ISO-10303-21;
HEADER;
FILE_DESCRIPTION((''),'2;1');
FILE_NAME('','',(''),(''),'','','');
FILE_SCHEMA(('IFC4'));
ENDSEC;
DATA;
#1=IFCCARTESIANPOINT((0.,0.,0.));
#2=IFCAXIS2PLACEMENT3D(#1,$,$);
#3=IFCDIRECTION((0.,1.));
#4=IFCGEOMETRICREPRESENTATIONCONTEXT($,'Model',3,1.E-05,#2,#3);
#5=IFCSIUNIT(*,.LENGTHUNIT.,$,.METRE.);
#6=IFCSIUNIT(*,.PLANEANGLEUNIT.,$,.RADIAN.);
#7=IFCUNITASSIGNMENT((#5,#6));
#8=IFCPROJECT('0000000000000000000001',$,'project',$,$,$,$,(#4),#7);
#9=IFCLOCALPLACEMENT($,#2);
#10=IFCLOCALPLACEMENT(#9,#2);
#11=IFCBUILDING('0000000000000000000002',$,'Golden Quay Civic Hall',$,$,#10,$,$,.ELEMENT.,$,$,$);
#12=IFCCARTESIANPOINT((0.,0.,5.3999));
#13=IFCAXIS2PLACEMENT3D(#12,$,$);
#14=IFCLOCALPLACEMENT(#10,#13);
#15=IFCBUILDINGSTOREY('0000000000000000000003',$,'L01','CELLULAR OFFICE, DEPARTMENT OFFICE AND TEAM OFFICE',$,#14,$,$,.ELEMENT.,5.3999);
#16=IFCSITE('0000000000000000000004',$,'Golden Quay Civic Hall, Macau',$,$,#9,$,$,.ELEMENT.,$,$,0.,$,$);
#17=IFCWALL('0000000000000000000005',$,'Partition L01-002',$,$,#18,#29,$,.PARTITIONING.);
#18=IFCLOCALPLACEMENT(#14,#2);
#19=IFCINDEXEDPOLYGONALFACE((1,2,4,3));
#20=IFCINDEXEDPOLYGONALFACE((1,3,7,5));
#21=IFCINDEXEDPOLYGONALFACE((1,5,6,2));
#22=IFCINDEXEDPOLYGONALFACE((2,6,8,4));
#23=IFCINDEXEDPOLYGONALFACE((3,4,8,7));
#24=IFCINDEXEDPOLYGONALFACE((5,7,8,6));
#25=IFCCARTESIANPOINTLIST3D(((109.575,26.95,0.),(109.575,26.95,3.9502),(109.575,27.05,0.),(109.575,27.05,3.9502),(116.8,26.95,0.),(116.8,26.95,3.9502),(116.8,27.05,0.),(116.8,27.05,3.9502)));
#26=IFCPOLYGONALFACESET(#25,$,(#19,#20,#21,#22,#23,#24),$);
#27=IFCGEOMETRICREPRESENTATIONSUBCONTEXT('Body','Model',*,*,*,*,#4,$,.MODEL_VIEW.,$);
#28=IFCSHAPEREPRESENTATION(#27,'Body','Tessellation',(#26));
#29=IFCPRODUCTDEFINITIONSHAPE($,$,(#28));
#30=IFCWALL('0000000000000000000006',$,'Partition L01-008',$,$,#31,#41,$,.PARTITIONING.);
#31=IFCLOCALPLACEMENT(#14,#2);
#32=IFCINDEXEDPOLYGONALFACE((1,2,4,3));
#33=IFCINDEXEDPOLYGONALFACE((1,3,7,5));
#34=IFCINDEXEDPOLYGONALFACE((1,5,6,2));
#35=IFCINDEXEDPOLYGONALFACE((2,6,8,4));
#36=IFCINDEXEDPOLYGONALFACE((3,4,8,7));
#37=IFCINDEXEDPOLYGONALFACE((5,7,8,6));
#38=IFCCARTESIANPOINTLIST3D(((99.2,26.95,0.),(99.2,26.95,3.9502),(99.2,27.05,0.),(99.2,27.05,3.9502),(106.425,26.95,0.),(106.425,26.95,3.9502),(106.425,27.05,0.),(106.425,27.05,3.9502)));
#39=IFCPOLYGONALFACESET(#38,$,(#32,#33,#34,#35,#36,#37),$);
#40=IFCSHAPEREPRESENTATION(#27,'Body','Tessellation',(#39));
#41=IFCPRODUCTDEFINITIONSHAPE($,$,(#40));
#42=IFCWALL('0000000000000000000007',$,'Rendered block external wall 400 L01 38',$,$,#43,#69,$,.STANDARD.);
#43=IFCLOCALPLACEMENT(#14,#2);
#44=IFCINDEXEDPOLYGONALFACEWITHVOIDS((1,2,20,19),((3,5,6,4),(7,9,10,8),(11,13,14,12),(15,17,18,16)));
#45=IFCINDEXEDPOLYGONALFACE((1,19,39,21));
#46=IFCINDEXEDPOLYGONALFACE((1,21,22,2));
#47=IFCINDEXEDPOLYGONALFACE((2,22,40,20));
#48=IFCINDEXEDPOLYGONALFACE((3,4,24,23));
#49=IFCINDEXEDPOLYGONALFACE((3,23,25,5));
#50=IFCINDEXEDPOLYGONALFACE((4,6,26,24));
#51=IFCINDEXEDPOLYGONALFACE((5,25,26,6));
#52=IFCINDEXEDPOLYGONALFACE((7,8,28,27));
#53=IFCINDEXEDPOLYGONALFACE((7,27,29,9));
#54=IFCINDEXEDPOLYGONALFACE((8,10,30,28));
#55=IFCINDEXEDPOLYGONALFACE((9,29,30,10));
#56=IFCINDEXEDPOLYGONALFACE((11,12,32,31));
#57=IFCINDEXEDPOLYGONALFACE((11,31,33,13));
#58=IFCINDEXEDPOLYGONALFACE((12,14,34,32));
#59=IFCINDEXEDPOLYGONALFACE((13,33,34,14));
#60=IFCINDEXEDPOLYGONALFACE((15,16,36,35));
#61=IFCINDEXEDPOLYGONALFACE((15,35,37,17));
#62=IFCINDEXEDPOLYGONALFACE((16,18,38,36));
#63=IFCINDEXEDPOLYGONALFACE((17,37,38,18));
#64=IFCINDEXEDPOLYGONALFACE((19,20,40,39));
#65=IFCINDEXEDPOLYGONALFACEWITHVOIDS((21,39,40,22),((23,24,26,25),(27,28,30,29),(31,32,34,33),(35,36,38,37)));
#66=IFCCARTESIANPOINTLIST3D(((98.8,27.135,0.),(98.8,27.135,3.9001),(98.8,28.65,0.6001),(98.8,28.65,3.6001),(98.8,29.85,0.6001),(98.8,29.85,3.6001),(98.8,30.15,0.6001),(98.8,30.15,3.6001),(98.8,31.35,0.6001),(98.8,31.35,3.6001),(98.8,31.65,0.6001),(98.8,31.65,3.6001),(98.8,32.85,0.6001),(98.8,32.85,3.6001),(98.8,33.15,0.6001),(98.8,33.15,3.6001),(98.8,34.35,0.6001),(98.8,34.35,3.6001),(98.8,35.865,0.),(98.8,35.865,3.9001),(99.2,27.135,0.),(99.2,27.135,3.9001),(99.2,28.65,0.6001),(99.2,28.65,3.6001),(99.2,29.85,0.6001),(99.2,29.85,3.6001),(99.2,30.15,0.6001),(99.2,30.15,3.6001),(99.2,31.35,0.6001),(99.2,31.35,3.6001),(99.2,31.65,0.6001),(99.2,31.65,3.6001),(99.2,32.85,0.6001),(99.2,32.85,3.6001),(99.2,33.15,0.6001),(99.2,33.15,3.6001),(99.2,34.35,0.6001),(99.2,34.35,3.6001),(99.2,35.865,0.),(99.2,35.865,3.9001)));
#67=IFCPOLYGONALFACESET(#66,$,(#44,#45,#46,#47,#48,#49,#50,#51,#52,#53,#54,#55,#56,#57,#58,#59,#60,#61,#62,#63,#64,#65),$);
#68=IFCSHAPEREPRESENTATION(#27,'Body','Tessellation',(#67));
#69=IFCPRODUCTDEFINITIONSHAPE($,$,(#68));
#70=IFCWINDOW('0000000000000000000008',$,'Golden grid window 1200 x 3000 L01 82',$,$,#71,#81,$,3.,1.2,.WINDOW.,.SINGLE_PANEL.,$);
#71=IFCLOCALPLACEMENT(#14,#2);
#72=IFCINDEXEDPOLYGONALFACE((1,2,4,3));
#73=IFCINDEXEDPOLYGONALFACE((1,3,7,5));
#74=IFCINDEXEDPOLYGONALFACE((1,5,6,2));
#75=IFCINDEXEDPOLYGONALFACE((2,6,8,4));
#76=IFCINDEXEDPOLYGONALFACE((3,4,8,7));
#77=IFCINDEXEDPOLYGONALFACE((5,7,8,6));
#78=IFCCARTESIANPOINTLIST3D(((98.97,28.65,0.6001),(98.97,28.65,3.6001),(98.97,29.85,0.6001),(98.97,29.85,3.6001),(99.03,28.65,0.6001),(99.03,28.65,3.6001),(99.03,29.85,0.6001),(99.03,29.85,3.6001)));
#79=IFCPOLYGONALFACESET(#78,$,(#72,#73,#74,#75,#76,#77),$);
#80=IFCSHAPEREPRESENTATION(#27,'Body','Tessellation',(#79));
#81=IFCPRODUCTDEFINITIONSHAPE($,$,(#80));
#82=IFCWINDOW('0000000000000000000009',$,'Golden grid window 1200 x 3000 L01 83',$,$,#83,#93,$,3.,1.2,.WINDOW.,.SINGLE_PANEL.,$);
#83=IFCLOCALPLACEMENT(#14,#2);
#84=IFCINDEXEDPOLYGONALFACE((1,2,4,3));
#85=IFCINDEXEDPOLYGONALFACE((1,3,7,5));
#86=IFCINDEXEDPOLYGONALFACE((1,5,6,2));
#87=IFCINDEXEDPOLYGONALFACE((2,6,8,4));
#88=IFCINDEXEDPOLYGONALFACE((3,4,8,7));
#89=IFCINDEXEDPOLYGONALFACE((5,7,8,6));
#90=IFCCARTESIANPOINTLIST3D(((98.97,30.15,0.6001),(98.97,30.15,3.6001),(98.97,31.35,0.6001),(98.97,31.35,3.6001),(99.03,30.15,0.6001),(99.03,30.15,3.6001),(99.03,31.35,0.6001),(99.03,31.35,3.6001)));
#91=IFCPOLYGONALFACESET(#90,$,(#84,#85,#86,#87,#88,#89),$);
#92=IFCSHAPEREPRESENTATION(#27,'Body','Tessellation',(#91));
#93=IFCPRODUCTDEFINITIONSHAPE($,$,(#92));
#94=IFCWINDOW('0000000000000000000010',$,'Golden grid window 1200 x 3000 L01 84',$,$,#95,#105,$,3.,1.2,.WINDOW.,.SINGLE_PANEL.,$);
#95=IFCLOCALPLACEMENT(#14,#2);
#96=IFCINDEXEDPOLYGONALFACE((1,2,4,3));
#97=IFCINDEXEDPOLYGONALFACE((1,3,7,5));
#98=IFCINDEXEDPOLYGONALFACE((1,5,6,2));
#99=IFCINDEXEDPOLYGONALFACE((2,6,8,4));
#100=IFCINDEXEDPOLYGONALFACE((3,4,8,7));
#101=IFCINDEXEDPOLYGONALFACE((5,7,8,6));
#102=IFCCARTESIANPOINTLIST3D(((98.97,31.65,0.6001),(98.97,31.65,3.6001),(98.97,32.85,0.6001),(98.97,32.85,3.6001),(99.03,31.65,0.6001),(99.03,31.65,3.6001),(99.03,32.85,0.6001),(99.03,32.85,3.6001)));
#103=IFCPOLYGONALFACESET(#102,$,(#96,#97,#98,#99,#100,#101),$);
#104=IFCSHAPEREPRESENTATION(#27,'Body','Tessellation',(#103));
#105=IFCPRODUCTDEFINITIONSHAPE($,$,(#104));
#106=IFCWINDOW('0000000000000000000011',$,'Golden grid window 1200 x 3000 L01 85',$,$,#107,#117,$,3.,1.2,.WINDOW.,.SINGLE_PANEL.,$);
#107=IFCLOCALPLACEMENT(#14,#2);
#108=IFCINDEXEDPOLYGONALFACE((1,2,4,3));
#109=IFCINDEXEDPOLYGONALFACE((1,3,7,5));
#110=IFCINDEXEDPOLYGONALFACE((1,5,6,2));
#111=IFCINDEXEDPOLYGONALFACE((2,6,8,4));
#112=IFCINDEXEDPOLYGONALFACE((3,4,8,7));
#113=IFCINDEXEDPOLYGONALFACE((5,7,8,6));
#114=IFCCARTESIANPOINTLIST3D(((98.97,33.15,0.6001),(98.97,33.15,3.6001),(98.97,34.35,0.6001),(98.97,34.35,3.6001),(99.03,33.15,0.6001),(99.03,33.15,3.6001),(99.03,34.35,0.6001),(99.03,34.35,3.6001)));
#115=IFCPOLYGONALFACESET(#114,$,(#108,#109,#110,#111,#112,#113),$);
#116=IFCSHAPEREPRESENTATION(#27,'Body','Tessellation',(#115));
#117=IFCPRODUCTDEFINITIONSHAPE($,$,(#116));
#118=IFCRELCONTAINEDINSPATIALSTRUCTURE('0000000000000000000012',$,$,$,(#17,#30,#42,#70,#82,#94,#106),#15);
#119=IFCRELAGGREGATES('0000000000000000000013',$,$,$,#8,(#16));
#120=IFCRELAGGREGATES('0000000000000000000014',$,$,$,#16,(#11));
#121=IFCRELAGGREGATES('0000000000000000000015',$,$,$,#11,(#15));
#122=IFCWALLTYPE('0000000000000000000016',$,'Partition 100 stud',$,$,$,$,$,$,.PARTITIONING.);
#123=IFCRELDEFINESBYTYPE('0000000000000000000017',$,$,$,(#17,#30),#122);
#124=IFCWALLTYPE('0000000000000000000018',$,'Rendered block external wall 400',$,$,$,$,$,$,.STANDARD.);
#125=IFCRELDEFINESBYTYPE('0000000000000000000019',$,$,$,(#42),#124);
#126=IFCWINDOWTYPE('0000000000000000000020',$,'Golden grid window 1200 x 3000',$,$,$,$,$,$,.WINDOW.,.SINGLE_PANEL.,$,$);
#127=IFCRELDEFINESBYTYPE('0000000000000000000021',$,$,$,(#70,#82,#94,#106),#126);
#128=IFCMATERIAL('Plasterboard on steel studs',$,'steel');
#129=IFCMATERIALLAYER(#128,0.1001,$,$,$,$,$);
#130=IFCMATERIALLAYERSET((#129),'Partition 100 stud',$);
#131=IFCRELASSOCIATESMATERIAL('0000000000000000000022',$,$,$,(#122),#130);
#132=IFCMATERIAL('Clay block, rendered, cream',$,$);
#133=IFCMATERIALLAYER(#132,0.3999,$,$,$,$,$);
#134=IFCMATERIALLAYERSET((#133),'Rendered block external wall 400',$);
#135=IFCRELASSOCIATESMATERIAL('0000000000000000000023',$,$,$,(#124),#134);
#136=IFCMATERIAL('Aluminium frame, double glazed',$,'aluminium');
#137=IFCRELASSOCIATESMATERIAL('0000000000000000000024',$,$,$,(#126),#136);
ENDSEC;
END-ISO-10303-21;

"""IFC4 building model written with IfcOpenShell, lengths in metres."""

from ifc_helpers import new_model, si_unit, direction, frame, frame_2d, origin, place, context, subcontext, project, spatial, rectangle, extrude, material, layer, layer_set, type_object, element, fill, save


model = new_model("IFC4")

# Units and contexts
model_context = context("Model", 3, precision=1e-05, world=origin(), true_north=direction((0.0, 1.0)))
body_context = subcontext(model_context, "Body", "Model", "MODEL_VIEW")
ifc_project = project(units=[si_unit("LENGTHUNIT", "METRE"), si_unit("PLANEANGLEUNIT", "RADIAN")], contexts=[model_context])

# Site, building, storey
site_placement = place(None, origin())
site = spatial("IfcSite", under=ifc_project, at=site_placement, Name="Golden Quay Civic Hall, Macau", CompositionType="ELEMENT", RefElevation=0.0)
building_placement = place(site_placement, origin())
building = spatial("IfcBuilding", under=site, at=building_placement, Name="Golden Quay Civic Hall", CompositionType="ELEMENT")
storey_placement = place(building_placement, frame((0.0, 0.0, 5.3999)))
storey = spatial("IfcBuildingStorey", under=building, at=storey_placement, Name="L01", Description="CELLULAR OFFICE, DEPARTMENT OFFICE AND TEAM OFFICE", CompositionType="ELEMENT", Elevation=5.3999)

# Walls
ifc_material_1 = material(Name="Plasterboard on steel studs", Category="steel")
ifc_layer_1 = layer(ifc_material_1, 0.1001)
ifc_layer_set_1 = layer_set([ifc_layer_1], Name="Partition 100 stud")
wall_type_1 = type_object("IfcWallType", Name="Partition 100 stud", PredefinedType="PARTITIONING", material=ifc_layer_set_1)
for number, where, z_axis, x_axis, name in (
    (1, (109.575, 27.0, 0.0), (0.0, 0.0, 1.0), (1.0, 0.0, 0.0), "Partition L01-002"),
    (2, (99.2, 27.0, 0.0), (0.0, 0.0, 1.0), (1.0, 0.0, 0.0), "Partition L01-008"),
):
    element("IfcWall", number, at=place(storey_placement, frame(where, z_axis=z_axis, x_axis=x_axis)), inside=storey, type_object=wall_type_1, Name=name, PredefinedType="PARTITIONING", context=body_context, shape_type="SweptSolid", body=[
        extrude(rectangle(XDim=7.2251, YDim=0.1001, at=frame_2d((3.6125, 0.0))), origin(), (0.0, 0.0, 1.0), 3.9502),
    ])

# Wall, openings, windows
ifc_material_2 = material(Name="Clay block, rendered, cream")
ifc_layer_2 = layer(ifc_material_2, 0.3999)
ifc_layer_set_2 = layer_set([ifc_layer_2], Name="Rendered block external wall 400")
wall_type_2 = type_object("IfcWallType", Name="Rendered block external wall 400", PredefinedType="STANDARD", material=ifc_layer_set_2)
wall_1_placement = place(storey_placement, frame((99.0, 27.135, 0.0), z_axis=(0.0, 0.0, 1.0), x_axis=(0.0, 1.0, 0.0)))
wall_1 = element("IfcWall", 3, at=wall_1_placement, inside=storey, type_object=wall_type_2, Name="Rendered block external wall 400 L01 38", PredefinedType="STANDARD", context=body_context, shape_type="SweptSolid", body=[
    extrude(rectangle(XDim=8.73, YDim=0.3999, at=frame_2d((4.365, 0.0))), origin(), (0.0, 0.0, 1.0), 3.9001),
])
opening_1_placement = place(wall_1_placement, frame((1.5149, 0.0, 0.6001)))
opening_1 = element("IfcOpeningElement", 4, at=opening_1_placement, cuts=wall_1, PredefinedType="OPENING", context=body_context, shape_type="SweptSolid", body=[
    extrude(rectangle(XDim=1.2, YDim=3.0, at=frame_2d((0.6001, 1.5))), frame((0.0, 0.21, 0.0), z_axis=(0.0, -1.0, 0.0), x_axis=(1.0, 0.0, 0.0)), (0.0, 0.0, 1.0), 0.4199),
])
opening_2_placement = place(wall_1_placement, frame((3.0149, 0.0, 0.6001)))
opening_2 = element("IfcOpeningElement", 5, at=opening_2_placement, cuts=wall_1, PredefinedType="OPENING", context=body_context, shape_type="SweptSolid", body=[
    extrude(rectangle(XDim=1.2, YDim=3.0, at=frame_2d((0.6001, 1.5))), frame((0.0, 0.21, 0.0), z_axis=(0.0, -1.0, 0.0), x_axis=(1.0, 0.0, 0.0)), (0.0, 0.0, 1.0), 0.4199),
])
opening_3_placement = place(wall_1_placement, frame((4.5149, 0.0, 0.6001)))
opening_3 = element("IfcOpeningElement", 6, at=opening_3_placement, cuts=wall_1, PredefinedType="OPENING", context=body_context, shape_type="SweptSolid", body=[
    extrude(rectangle(XDim=1.2, YDim=3.0, at=frame_2d((0.6001, 1.5))), frame((0.0, 0.21, 0.0), z_axis=(0.0, -1.0, 0.0), x_axis=(1.0, 0.0, 0.0)), (0.0, 0.0, 1.0), 0.4199),
])
opening_4_placement = place(wall_1_placement, frame((6.0149, 0.0, 0.6001)))
opening_4 = element("IfcOpeningElement", 7, at=opening_4_placement, cuts=wall_1, PredefinedType="OPENING", context=body_context, shape_type="SweptSolid", body=[
    extrude(rectangle(XDim=1.2, YDim=3.0, at=frame_2d((0.6001, 1.5))), frame((0.0, 0.21, 0.0), z_axis=(0.0, -1.0, 0.0), x_axis=(1.0, 0.0, 0.0)), (0.0, 0.0, 1.0), 0.4199),
])
ifc_material_3 = material(Name="Aluminium frame, double glazed", Category="aluminium")
window_type = type_object("IfcWindowType", Name="Golden grid window 1200 x 3000", PartitioningType="SINGLE_PANEL", PredefinedType="WINDOW", material=ifc_material_3)
window_1_placement = place(opening_1_placement, origin())
window_1 = element("IfcWindow", 8, at=window_1_placement, inside=storey, type_object=window_type, Name="Golden grid window 1200 x 3000 L01 82", OverallHeight=3.0, OverallWidth=1.2, PartitioningType="SINGLE_PANEL", PredefinedType="WINDOW", context=body_context, shape_type="SweptSolid", body=[
    extrude(rectangle(XDim=1.2, YDim=3.0, at=frame_2d((0.6001, 1.5))), frame((0.0, 0.03, 0.0), z_axis=(0.0, -1.0, 0.0), x_axis=(1.0, 0.0, 0.0)), (0.0, 0.0, 1.0), 0.0601),
])
fill(opening_1, window_1)
window_2_placement = place(opening_2_placement, origin())
window_2 = element("IfcWindow", 9, at=window_2_placement, inside=storey, type_object=window_type, Name="Golden grid window 1200 x 3000 L01 83", OverallHeight=3.0, OverallWidth=1.2, PartitioningType="SINGLE_PANEL", PredefinedType="WINDOW", context=body_context, shape_type="SweptSolid", body=[
    extrude(rectangle(XDim=1.2, YDim=3.0, at=frame_2d((0.6001, 1.5))), frame((0.0, 0.03, 0.0), z_axis=(0.0, -1.0, 0.0), x_axis=(1.0, 0.0, 0.0)), (0.0, 0.0, 1.0), 0.0601),
])
fill(opening_2, window_2)
window_3_placement = place(opening_3_placement, origin())
window_3 = element("IfcWindow", 10, at=window_3_placement, inside=storey, type_object=window_type, Name="Golden grid window 1200 x 3000 L01 84", OverallHeight=3.0, OverallWidth=1.2, PartitioningType="SINGLE_PANEL", PredefinedType="WINDOW", context=body_context, shape_type="SweptSolid", body=[
    extrude(rectangle(XDim=1.2, YDim=3.0, at=frame_2d((0.6001, 1.5))), frame((0.0, 0.03, 0.0), z_axis=(0.0, -1.0, 0.0), x_axis=(1.0, 0.0, 0.0)), (0.0, 0.0, 1.0), 0.0601),
])
fill(opening_3, window_3)
window_4_placement = place(opening_4_placement, origin())
window_4 = element("IfcWindow", 11, at=window_4_placement, inside=storey, type_object=window_type, Name="Golden grid window 1200 x 3000 L01 85", OverallHeight=3.0, OverallWidth=1.2, PartitioningType="SINGLE_PANEL", PredefinedType="WINDOW", context=body_context, shape_type="SweptSolid", body=[
    extrude(rectangle(XDim=1.2, YDim=3.0, at=frame_2d((0.6001, 1.5))), frame((0.0, 0.03, 0.0), z_axis=(0.0, -1.0, 0.0), x_axis=(1.0, 0.0, 0.0)), (0.0, 0.0, 1.0), 0.0601),
])
fill(opening_4, window_4)

save(model, "model.ifc")
